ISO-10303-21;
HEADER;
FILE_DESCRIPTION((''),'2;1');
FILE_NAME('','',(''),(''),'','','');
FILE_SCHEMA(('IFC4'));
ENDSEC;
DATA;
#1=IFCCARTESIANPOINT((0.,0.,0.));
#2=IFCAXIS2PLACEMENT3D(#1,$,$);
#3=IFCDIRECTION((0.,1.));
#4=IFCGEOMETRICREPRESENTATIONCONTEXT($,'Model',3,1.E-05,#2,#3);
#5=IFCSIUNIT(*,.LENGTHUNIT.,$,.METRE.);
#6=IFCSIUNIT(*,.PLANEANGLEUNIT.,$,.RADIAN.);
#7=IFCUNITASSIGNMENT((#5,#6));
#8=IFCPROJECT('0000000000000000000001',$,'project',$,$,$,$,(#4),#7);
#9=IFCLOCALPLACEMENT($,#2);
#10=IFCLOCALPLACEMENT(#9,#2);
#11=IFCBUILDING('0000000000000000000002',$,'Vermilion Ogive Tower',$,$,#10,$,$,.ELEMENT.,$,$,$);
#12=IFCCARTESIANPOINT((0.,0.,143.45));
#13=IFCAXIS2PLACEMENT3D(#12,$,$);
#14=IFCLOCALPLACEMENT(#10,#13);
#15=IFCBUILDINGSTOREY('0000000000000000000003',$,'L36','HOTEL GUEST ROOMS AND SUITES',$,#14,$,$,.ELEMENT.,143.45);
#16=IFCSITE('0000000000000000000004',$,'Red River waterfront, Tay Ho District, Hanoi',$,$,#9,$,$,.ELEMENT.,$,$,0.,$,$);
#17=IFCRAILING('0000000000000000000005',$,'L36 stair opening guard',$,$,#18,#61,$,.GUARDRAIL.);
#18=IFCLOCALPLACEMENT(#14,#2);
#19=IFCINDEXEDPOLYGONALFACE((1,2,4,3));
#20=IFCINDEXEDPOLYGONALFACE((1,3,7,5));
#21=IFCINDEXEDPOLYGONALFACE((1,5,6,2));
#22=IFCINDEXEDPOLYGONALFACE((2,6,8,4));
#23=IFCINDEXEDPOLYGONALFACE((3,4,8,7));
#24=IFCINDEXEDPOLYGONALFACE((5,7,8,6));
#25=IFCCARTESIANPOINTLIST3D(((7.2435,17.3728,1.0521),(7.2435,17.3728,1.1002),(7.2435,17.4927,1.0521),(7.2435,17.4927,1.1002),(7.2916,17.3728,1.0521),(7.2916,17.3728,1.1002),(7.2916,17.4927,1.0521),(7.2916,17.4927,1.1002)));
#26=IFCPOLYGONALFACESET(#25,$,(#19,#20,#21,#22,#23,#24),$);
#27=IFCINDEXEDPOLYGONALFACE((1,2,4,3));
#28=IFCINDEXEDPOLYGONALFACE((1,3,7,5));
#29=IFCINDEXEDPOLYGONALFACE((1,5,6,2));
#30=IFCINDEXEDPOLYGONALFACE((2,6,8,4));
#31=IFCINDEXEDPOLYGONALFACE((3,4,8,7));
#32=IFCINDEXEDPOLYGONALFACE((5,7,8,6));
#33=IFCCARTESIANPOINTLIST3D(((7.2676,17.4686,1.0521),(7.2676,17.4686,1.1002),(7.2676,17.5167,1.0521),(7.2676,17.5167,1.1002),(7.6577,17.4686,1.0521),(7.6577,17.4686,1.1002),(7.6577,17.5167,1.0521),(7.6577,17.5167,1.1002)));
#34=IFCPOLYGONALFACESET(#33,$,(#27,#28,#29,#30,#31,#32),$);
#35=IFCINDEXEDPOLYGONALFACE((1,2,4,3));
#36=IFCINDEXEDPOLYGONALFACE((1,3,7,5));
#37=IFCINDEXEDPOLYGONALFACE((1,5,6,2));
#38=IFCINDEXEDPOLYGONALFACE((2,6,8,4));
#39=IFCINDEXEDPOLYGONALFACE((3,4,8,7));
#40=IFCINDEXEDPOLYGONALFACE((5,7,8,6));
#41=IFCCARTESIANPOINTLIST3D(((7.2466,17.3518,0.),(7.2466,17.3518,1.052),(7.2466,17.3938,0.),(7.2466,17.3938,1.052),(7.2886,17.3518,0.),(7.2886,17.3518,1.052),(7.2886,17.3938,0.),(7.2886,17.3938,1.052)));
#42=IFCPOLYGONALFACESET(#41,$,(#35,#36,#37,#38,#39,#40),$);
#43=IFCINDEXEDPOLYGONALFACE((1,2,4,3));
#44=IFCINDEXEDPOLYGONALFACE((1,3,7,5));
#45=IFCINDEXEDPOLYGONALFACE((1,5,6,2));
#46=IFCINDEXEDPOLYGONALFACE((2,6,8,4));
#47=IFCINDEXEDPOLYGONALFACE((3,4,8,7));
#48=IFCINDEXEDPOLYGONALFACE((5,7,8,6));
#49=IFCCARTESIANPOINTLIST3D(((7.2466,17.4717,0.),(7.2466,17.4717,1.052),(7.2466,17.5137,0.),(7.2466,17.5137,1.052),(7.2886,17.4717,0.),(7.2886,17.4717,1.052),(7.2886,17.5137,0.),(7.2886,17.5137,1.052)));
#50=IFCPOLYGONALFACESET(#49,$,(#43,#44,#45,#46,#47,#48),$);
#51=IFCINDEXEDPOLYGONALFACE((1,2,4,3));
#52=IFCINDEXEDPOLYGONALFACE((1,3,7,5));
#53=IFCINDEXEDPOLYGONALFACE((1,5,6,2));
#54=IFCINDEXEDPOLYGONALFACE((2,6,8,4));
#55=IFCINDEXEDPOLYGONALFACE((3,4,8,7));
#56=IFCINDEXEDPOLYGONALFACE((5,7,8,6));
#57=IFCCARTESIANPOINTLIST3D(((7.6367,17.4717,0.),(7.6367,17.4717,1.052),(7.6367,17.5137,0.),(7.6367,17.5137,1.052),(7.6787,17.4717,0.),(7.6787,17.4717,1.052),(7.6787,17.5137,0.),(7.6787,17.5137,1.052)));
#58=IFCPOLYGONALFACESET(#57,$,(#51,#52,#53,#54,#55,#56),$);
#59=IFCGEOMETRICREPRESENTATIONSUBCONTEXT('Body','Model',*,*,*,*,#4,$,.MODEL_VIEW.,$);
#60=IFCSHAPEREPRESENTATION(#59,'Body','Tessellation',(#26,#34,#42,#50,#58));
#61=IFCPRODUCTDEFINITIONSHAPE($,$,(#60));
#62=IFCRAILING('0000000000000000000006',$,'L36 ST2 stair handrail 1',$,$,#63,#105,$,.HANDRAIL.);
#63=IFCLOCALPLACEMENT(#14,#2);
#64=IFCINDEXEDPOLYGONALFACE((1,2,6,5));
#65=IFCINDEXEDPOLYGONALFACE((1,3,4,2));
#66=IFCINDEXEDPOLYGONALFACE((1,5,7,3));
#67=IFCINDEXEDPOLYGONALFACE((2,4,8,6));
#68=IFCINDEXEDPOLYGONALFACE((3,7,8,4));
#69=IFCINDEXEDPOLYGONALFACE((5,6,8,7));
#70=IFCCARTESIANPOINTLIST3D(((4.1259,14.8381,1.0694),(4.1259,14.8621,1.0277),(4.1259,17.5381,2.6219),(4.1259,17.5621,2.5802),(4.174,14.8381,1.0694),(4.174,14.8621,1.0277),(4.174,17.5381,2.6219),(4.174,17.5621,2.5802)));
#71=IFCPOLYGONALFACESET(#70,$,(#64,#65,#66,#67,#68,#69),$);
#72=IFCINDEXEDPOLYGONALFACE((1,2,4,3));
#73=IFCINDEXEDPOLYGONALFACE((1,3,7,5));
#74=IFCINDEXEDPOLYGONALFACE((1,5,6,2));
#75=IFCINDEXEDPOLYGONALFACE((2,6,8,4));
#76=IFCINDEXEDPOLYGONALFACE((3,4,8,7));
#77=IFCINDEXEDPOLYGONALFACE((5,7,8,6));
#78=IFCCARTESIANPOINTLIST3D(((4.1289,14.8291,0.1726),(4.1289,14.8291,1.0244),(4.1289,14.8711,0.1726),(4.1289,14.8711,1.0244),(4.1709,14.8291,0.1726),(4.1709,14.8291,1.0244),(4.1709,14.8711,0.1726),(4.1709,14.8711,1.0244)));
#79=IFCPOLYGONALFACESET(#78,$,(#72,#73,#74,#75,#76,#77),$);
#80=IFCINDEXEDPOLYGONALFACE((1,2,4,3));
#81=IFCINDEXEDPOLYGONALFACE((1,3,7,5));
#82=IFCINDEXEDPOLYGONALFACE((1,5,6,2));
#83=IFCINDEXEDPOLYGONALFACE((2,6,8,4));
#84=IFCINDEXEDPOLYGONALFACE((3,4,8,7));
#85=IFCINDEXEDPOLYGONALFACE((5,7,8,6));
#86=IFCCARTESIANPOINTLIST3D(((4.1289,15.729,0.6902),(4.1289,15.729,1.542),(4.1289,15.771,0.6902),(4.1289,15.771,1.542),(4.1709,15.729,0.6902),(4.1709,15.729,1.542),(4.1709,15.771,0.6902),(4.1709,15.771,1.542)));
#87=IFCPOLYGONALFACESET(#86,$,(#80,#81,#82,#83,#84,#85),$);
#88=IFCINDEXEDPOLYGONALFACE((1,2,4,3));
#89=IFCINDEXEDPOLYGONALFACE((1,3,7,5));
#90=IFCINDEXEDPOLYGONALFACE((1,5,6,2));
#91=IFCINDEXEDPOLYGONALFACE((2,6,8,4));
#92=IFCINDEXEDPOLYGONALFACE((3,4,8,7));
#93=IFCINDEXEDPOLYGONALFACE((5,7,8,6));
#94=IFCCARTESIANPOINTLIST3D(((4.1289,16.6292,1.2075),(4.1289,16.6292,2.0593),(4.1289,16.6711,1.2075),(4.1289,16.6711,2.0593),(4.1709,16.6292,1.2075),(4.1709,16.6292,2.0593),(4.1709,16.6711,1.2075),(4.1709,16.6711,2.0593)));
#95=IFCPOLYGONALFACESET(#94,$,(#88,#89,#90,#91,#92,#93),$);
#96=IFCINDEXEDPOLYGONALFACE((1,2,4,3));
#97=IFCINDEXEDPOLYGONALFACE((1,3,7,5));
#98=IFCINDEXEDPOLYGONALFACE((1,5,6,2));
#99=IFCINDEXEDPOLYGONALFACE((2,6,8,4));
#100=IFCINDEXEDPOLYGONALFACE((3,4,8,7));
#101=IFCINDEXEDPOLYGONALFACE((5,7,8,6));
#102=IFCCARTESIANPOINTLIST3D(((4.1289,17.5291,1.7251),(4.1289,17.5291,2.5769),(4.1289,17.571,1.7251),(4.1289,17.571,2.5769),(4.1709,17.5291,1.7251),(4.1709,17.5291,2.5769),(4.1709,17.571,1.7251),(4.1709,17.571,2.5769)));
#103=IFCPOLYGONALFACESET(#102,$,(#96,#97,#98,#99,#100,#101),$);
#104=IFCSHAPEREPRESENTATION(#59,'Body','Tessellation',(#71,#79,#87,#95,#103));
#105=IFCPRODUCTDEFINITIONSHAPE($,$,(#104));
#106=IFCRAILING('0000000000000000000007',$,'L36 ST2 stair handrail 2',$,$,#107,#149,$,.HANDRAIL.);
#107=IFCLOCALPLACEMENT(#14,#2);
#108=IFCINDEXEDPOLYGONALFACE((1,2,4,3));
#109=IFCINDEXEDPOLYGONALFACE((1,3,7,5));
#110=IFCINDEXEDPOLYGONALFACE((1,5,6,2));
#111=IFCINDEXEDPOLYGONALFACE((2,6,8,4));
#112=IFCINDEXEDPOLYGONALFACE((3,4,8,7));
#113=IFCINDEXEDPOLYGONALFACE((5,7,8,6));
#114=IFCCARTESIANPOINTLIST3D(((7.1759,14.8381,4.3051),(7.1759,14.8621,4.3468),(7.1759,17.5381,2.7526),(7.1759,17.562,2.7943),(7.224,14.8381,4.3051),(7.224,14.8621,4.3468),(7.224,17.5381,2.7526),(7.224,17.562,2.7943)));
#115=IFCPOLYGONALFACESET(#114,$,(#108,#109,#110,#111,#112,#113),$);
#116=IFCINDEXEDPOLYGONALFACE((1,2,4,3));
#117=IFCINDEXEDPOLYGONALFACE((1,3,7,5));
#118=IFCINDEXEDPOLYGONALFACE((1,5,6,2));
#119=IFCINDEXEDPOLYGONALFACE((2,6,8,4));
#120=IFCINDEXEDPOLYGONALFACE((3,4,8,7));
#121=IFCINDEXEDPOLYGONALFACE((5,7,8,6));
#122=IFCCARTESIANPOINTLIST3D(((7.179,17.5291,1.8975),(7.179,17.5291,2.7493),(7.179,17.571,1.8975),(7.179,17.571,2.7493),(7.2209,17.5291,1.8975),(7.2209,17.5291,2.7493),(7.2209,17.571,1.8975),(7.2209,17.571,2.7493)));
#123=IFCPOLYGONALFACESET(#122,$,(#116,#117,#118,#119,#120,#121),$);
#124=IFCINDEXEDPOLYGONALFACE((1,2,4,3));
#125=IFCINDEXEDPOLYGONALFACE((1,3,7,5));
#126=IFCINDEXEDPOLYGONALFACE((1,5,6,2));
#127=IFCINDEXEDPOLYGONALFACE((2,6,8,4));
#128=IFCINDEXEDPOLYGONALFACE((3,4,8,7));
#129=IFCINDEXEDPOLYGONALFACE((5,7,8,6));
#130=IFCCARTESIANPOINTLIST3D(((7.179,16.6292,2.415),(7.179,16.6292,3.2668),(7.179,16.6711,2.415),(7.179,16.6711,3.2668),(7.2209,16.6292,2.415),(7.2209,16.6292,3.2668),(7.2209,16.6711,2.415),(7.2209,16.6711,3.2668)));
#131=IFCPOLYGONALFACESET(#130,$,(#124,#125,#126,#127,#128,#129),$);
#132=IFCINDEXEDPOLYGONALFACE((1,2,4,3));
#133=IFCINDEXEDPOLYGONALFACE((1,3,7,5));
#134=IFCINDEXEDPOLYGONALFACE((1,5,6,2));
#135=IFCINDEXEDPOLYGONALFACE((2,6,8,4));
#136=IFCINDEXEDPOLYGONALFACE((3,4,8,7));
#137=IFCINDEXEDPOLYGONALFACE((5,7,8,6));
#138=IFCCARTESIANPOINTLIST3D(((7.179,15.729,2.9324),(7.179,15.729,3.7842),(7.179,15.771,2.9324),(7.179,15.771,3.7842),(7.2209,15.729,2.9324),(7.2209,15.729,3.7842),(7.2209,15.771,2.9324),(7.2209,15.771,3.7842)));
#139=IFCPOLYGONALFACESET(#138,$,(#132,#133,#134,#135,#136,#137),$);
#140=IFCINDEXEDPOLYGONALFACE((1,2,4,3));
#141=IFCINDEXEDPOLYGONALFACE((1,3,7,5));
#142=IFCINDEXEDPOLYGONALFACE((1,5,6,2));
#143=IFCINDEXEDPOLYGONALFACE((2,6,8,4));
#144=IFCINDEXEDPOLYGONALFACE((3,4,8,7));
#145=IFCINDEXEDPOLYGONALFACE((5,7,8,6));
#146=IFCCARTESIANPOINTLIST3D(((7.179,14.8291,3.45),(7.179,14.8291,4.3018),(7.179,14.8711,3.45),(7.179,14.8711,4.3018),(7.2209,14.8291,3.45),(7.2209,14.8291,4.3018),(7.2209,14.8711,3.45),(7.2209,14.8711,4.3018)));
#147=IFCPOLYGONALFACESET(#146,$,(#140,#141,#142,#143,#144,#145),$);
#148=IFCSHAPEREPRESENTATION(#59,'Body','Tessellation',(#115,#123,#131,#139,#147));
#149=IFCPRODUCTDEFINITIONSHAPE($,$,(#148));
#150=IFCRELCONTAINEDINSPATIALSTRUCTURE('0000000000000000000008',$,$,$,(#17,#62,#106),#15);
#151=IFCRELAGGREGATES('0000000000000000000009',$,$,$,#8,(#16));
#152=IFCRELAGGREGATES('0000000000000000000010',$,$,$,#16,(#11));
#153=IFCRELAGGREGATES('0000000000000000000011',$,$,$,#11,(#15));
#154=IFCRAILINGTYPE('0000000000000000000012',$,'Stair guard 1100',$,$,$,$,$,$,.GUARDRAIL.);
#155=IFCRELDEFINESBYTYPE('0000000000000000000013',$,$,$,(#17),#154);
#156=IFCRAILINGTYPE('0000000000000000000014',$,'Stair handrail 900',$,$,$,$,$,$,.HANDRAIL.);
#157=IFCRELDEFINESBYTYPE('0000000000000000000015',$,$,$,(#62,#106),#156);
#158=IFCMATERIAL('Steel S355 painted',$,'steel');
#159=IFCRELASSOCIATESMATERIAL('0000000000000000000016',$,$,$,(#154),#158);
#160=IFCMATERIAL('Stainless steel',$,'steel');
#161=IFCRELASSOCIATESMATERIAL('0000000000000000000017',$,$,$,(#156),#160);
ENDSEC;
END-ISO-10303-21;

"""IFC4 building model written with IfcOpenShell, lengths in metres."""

from ifc_helpers import new_model, si_unit, direction, frame, origin, origin_2d, place, context, subcontext, project, spatial, rectangle, extrude, material, type_object, element, save


model = new_model("IFC4")

# Units and contexts
model_context = context("Model", 3, precision=1e-05, world=origin(), true_north=direction((0.0, 1.0)))
body_context = subcontext(model_context, "Body", "Model", "MODEL_VIEW")
ifc_project = project(units=[si_unit("LENGTHUNIT", "METRE"), si_unit("PLANEANGLEUNIT", "RADIAN")], contexts=[model_context])

# Site, building, storey
site_placement = place(None, origin())
site = spatial("IfcSite", under=ifc_project, at=site_placement, Name="Red River waterfront, Tay Ho District, Hanoi", CompositionType="ELEMENT", RefElevation=0.0)
building_placement = place(site_placement, origin())
building = spatial("IfcBuilding", under=site, at=building_placement, Name="Vermilion Ogive Tower", CompositionType="ELEMENT")
storey_placement = place(building_placement, frame((0.0, 0.0, 143.45)))
storey = spatial("IfcBuildingStorey", under=building, at=storey_placement, Name="L36", Description="HOTEL GUEST ROOMS AND SUITES", CompositionType="ELEMENT", Elevation=143.45)

# Railings
ifc_material_1 = material(Name="Steel S355 painted", Category="steel")
railing_type_1 = type_object("IfcRailingType", Name="Stair guard 1100", PredefinedType="GUARDRAIL", material=ifc_material_1)
railing_1_placement = place(storey_placement, frame((7.2676, 17.3728, 0.0)))
element("IfcRailing", 1, at=railing_1_placement, inside=storey, type_object=railing_type_1, Name="L36 stair opening guard", PredefinedType="GUARDRAIL", context=body_context, shape_type="SweptSolid", body=[
    extrude(rectangle(XDim=0.0481, YDim=0.0481, at=origin_2d()), frame((0.0, 0.0, 1.0762), z_axis=(0.0, 1.0, 0.0), x_axis=(-1.0, 0.0, 0.0)), (0.0, 0.0, 1.0), 0.1199),
    extrude(rectangle(XDim=0.0481, YDim=0.0481, at=origin_2d()), frame((0.0, 0.1199, 1.0762), z_axis=(1.0, 0.0, 0.0), x_axis=(0.0, 1.0, 0.0)), (0.0, 0.0, 1.0), 0.3901),
    extrude(rectangle(XDim=0.042, YDim=0.042, at=origin_2d()), origin(), (0.0, 0.0, 1.0), 1.052),
    extrude(rectangle(XDim=0.042, YDim=0.042, at=origin_2d()), frame((0.0, 0.1199, 0.0)), (0.0, 0.0, 1.0), 1.052),
    extrude(rectangle(XDim=0.042, YDim=0.042, at=origin_2d()), frame((0.3901, 0.1199, 0.0)), (0.0, 0.0, 1.0), 1.052),
])
ifc_material_2 = material(Name="Stainless steel", Category="steel")
railing_type_2 = type_object("IfcRailingType", Name="Stair handrail 900", PredefinedType="HANDRAIL", material=ifc_material_2)
railing_2_placement = place(storey_placement, frame((4.1499, 14.8501, 0.1726)))
element("IfcRailing", 2, at=railing_2_placement, inside=storey, type_object=railing_type_2, Name="L36 ST2 stair handrail 1", PredefinedType="HANDRAIL", context=body_context, shape_type="SweptSolid", body=[
    extrude(rectangle(XDim=0.0481, YDim=0.0481, at=origin_2d()), frame((0.0, 0.0, 0.876), z_axis=(0.0, 0.866904, 0.498476), x_axis=(-1.0, 0.0, 0.0)), (0.0, 0.0, 1.0), 3.1145),
    extrude(rectangle(XDim=0.042, YDim=0.042, at=origin_2d()), origin(), (0.0, 0.0, 1.0), 0.8518),
    extrude(rectangle(XDim=0.042, YDim=0.042, at=origin_2d()), frame((0.0, 0.8999, 0.5176)), (0.0, 0.0, 1.0), 0.8518),
    extrude(rectangle(XDim=0.042, YDim=0.042, at=origin_2d()), frame((0.0, 1.8, 1.0349)), (0.0, 0.0, 1.0), 0.8518),
    extrude(rectangle(XDim=0.042, YDim=0.042, at=origin_2d()), frame((0.0, 2.7, 1.5525)), (0.0, 0.0, 1.0), 0.8518),
])
railing_3_placement = place(storey_placement, frame((7.2, 17.55, 1.8975)))
element("IfcRailing", 3, at=railing_3_placement, inside=storey, type_object=railing_type_2, Name="L36 ST2 stair handrail 2", PredefinedType="HANDRAIL", context=body_context, shape_type="SweptSolid", body=[
    extrude(rectangle(XDim=0.0481, YDim=0.0481, at=origin_2d()), frame((0.0, 0.0, 0.876), z_axis=(0.0, -0.866904, 0.498476), x_axis=(1.0, 0.0, 0.0)), (0.0, 0.0, 1.0), 3.1145),
    extrude(rectangle(XDim=0.042, YDim=0.042, at=origin_2d()), origin(), (0.0, 0.0, 1.0), 0.8518),
    extrude(rectangle(XDim=0.042, YDim=0.042, at=origin_2d()), frame((0.0, -0.8999, 0.5176)), (0.0, 0.0, 1.0), 0.8518),
    extrude(rectangle(XDim=0.042, YDim=0.042, at=origin_2d()), frame((0.0, -1.8, 1.0349)), (0.0, 0.0, 1.0), 0.8518),
    extrude(rectangle(XDim=0.042, YDim=0.042, at=origin_2d()), frame((0.0, -2.7, 1.5525)), (0.0, 0.0, 1.0), 0.8518),
])

save(model, "model.ifc")
